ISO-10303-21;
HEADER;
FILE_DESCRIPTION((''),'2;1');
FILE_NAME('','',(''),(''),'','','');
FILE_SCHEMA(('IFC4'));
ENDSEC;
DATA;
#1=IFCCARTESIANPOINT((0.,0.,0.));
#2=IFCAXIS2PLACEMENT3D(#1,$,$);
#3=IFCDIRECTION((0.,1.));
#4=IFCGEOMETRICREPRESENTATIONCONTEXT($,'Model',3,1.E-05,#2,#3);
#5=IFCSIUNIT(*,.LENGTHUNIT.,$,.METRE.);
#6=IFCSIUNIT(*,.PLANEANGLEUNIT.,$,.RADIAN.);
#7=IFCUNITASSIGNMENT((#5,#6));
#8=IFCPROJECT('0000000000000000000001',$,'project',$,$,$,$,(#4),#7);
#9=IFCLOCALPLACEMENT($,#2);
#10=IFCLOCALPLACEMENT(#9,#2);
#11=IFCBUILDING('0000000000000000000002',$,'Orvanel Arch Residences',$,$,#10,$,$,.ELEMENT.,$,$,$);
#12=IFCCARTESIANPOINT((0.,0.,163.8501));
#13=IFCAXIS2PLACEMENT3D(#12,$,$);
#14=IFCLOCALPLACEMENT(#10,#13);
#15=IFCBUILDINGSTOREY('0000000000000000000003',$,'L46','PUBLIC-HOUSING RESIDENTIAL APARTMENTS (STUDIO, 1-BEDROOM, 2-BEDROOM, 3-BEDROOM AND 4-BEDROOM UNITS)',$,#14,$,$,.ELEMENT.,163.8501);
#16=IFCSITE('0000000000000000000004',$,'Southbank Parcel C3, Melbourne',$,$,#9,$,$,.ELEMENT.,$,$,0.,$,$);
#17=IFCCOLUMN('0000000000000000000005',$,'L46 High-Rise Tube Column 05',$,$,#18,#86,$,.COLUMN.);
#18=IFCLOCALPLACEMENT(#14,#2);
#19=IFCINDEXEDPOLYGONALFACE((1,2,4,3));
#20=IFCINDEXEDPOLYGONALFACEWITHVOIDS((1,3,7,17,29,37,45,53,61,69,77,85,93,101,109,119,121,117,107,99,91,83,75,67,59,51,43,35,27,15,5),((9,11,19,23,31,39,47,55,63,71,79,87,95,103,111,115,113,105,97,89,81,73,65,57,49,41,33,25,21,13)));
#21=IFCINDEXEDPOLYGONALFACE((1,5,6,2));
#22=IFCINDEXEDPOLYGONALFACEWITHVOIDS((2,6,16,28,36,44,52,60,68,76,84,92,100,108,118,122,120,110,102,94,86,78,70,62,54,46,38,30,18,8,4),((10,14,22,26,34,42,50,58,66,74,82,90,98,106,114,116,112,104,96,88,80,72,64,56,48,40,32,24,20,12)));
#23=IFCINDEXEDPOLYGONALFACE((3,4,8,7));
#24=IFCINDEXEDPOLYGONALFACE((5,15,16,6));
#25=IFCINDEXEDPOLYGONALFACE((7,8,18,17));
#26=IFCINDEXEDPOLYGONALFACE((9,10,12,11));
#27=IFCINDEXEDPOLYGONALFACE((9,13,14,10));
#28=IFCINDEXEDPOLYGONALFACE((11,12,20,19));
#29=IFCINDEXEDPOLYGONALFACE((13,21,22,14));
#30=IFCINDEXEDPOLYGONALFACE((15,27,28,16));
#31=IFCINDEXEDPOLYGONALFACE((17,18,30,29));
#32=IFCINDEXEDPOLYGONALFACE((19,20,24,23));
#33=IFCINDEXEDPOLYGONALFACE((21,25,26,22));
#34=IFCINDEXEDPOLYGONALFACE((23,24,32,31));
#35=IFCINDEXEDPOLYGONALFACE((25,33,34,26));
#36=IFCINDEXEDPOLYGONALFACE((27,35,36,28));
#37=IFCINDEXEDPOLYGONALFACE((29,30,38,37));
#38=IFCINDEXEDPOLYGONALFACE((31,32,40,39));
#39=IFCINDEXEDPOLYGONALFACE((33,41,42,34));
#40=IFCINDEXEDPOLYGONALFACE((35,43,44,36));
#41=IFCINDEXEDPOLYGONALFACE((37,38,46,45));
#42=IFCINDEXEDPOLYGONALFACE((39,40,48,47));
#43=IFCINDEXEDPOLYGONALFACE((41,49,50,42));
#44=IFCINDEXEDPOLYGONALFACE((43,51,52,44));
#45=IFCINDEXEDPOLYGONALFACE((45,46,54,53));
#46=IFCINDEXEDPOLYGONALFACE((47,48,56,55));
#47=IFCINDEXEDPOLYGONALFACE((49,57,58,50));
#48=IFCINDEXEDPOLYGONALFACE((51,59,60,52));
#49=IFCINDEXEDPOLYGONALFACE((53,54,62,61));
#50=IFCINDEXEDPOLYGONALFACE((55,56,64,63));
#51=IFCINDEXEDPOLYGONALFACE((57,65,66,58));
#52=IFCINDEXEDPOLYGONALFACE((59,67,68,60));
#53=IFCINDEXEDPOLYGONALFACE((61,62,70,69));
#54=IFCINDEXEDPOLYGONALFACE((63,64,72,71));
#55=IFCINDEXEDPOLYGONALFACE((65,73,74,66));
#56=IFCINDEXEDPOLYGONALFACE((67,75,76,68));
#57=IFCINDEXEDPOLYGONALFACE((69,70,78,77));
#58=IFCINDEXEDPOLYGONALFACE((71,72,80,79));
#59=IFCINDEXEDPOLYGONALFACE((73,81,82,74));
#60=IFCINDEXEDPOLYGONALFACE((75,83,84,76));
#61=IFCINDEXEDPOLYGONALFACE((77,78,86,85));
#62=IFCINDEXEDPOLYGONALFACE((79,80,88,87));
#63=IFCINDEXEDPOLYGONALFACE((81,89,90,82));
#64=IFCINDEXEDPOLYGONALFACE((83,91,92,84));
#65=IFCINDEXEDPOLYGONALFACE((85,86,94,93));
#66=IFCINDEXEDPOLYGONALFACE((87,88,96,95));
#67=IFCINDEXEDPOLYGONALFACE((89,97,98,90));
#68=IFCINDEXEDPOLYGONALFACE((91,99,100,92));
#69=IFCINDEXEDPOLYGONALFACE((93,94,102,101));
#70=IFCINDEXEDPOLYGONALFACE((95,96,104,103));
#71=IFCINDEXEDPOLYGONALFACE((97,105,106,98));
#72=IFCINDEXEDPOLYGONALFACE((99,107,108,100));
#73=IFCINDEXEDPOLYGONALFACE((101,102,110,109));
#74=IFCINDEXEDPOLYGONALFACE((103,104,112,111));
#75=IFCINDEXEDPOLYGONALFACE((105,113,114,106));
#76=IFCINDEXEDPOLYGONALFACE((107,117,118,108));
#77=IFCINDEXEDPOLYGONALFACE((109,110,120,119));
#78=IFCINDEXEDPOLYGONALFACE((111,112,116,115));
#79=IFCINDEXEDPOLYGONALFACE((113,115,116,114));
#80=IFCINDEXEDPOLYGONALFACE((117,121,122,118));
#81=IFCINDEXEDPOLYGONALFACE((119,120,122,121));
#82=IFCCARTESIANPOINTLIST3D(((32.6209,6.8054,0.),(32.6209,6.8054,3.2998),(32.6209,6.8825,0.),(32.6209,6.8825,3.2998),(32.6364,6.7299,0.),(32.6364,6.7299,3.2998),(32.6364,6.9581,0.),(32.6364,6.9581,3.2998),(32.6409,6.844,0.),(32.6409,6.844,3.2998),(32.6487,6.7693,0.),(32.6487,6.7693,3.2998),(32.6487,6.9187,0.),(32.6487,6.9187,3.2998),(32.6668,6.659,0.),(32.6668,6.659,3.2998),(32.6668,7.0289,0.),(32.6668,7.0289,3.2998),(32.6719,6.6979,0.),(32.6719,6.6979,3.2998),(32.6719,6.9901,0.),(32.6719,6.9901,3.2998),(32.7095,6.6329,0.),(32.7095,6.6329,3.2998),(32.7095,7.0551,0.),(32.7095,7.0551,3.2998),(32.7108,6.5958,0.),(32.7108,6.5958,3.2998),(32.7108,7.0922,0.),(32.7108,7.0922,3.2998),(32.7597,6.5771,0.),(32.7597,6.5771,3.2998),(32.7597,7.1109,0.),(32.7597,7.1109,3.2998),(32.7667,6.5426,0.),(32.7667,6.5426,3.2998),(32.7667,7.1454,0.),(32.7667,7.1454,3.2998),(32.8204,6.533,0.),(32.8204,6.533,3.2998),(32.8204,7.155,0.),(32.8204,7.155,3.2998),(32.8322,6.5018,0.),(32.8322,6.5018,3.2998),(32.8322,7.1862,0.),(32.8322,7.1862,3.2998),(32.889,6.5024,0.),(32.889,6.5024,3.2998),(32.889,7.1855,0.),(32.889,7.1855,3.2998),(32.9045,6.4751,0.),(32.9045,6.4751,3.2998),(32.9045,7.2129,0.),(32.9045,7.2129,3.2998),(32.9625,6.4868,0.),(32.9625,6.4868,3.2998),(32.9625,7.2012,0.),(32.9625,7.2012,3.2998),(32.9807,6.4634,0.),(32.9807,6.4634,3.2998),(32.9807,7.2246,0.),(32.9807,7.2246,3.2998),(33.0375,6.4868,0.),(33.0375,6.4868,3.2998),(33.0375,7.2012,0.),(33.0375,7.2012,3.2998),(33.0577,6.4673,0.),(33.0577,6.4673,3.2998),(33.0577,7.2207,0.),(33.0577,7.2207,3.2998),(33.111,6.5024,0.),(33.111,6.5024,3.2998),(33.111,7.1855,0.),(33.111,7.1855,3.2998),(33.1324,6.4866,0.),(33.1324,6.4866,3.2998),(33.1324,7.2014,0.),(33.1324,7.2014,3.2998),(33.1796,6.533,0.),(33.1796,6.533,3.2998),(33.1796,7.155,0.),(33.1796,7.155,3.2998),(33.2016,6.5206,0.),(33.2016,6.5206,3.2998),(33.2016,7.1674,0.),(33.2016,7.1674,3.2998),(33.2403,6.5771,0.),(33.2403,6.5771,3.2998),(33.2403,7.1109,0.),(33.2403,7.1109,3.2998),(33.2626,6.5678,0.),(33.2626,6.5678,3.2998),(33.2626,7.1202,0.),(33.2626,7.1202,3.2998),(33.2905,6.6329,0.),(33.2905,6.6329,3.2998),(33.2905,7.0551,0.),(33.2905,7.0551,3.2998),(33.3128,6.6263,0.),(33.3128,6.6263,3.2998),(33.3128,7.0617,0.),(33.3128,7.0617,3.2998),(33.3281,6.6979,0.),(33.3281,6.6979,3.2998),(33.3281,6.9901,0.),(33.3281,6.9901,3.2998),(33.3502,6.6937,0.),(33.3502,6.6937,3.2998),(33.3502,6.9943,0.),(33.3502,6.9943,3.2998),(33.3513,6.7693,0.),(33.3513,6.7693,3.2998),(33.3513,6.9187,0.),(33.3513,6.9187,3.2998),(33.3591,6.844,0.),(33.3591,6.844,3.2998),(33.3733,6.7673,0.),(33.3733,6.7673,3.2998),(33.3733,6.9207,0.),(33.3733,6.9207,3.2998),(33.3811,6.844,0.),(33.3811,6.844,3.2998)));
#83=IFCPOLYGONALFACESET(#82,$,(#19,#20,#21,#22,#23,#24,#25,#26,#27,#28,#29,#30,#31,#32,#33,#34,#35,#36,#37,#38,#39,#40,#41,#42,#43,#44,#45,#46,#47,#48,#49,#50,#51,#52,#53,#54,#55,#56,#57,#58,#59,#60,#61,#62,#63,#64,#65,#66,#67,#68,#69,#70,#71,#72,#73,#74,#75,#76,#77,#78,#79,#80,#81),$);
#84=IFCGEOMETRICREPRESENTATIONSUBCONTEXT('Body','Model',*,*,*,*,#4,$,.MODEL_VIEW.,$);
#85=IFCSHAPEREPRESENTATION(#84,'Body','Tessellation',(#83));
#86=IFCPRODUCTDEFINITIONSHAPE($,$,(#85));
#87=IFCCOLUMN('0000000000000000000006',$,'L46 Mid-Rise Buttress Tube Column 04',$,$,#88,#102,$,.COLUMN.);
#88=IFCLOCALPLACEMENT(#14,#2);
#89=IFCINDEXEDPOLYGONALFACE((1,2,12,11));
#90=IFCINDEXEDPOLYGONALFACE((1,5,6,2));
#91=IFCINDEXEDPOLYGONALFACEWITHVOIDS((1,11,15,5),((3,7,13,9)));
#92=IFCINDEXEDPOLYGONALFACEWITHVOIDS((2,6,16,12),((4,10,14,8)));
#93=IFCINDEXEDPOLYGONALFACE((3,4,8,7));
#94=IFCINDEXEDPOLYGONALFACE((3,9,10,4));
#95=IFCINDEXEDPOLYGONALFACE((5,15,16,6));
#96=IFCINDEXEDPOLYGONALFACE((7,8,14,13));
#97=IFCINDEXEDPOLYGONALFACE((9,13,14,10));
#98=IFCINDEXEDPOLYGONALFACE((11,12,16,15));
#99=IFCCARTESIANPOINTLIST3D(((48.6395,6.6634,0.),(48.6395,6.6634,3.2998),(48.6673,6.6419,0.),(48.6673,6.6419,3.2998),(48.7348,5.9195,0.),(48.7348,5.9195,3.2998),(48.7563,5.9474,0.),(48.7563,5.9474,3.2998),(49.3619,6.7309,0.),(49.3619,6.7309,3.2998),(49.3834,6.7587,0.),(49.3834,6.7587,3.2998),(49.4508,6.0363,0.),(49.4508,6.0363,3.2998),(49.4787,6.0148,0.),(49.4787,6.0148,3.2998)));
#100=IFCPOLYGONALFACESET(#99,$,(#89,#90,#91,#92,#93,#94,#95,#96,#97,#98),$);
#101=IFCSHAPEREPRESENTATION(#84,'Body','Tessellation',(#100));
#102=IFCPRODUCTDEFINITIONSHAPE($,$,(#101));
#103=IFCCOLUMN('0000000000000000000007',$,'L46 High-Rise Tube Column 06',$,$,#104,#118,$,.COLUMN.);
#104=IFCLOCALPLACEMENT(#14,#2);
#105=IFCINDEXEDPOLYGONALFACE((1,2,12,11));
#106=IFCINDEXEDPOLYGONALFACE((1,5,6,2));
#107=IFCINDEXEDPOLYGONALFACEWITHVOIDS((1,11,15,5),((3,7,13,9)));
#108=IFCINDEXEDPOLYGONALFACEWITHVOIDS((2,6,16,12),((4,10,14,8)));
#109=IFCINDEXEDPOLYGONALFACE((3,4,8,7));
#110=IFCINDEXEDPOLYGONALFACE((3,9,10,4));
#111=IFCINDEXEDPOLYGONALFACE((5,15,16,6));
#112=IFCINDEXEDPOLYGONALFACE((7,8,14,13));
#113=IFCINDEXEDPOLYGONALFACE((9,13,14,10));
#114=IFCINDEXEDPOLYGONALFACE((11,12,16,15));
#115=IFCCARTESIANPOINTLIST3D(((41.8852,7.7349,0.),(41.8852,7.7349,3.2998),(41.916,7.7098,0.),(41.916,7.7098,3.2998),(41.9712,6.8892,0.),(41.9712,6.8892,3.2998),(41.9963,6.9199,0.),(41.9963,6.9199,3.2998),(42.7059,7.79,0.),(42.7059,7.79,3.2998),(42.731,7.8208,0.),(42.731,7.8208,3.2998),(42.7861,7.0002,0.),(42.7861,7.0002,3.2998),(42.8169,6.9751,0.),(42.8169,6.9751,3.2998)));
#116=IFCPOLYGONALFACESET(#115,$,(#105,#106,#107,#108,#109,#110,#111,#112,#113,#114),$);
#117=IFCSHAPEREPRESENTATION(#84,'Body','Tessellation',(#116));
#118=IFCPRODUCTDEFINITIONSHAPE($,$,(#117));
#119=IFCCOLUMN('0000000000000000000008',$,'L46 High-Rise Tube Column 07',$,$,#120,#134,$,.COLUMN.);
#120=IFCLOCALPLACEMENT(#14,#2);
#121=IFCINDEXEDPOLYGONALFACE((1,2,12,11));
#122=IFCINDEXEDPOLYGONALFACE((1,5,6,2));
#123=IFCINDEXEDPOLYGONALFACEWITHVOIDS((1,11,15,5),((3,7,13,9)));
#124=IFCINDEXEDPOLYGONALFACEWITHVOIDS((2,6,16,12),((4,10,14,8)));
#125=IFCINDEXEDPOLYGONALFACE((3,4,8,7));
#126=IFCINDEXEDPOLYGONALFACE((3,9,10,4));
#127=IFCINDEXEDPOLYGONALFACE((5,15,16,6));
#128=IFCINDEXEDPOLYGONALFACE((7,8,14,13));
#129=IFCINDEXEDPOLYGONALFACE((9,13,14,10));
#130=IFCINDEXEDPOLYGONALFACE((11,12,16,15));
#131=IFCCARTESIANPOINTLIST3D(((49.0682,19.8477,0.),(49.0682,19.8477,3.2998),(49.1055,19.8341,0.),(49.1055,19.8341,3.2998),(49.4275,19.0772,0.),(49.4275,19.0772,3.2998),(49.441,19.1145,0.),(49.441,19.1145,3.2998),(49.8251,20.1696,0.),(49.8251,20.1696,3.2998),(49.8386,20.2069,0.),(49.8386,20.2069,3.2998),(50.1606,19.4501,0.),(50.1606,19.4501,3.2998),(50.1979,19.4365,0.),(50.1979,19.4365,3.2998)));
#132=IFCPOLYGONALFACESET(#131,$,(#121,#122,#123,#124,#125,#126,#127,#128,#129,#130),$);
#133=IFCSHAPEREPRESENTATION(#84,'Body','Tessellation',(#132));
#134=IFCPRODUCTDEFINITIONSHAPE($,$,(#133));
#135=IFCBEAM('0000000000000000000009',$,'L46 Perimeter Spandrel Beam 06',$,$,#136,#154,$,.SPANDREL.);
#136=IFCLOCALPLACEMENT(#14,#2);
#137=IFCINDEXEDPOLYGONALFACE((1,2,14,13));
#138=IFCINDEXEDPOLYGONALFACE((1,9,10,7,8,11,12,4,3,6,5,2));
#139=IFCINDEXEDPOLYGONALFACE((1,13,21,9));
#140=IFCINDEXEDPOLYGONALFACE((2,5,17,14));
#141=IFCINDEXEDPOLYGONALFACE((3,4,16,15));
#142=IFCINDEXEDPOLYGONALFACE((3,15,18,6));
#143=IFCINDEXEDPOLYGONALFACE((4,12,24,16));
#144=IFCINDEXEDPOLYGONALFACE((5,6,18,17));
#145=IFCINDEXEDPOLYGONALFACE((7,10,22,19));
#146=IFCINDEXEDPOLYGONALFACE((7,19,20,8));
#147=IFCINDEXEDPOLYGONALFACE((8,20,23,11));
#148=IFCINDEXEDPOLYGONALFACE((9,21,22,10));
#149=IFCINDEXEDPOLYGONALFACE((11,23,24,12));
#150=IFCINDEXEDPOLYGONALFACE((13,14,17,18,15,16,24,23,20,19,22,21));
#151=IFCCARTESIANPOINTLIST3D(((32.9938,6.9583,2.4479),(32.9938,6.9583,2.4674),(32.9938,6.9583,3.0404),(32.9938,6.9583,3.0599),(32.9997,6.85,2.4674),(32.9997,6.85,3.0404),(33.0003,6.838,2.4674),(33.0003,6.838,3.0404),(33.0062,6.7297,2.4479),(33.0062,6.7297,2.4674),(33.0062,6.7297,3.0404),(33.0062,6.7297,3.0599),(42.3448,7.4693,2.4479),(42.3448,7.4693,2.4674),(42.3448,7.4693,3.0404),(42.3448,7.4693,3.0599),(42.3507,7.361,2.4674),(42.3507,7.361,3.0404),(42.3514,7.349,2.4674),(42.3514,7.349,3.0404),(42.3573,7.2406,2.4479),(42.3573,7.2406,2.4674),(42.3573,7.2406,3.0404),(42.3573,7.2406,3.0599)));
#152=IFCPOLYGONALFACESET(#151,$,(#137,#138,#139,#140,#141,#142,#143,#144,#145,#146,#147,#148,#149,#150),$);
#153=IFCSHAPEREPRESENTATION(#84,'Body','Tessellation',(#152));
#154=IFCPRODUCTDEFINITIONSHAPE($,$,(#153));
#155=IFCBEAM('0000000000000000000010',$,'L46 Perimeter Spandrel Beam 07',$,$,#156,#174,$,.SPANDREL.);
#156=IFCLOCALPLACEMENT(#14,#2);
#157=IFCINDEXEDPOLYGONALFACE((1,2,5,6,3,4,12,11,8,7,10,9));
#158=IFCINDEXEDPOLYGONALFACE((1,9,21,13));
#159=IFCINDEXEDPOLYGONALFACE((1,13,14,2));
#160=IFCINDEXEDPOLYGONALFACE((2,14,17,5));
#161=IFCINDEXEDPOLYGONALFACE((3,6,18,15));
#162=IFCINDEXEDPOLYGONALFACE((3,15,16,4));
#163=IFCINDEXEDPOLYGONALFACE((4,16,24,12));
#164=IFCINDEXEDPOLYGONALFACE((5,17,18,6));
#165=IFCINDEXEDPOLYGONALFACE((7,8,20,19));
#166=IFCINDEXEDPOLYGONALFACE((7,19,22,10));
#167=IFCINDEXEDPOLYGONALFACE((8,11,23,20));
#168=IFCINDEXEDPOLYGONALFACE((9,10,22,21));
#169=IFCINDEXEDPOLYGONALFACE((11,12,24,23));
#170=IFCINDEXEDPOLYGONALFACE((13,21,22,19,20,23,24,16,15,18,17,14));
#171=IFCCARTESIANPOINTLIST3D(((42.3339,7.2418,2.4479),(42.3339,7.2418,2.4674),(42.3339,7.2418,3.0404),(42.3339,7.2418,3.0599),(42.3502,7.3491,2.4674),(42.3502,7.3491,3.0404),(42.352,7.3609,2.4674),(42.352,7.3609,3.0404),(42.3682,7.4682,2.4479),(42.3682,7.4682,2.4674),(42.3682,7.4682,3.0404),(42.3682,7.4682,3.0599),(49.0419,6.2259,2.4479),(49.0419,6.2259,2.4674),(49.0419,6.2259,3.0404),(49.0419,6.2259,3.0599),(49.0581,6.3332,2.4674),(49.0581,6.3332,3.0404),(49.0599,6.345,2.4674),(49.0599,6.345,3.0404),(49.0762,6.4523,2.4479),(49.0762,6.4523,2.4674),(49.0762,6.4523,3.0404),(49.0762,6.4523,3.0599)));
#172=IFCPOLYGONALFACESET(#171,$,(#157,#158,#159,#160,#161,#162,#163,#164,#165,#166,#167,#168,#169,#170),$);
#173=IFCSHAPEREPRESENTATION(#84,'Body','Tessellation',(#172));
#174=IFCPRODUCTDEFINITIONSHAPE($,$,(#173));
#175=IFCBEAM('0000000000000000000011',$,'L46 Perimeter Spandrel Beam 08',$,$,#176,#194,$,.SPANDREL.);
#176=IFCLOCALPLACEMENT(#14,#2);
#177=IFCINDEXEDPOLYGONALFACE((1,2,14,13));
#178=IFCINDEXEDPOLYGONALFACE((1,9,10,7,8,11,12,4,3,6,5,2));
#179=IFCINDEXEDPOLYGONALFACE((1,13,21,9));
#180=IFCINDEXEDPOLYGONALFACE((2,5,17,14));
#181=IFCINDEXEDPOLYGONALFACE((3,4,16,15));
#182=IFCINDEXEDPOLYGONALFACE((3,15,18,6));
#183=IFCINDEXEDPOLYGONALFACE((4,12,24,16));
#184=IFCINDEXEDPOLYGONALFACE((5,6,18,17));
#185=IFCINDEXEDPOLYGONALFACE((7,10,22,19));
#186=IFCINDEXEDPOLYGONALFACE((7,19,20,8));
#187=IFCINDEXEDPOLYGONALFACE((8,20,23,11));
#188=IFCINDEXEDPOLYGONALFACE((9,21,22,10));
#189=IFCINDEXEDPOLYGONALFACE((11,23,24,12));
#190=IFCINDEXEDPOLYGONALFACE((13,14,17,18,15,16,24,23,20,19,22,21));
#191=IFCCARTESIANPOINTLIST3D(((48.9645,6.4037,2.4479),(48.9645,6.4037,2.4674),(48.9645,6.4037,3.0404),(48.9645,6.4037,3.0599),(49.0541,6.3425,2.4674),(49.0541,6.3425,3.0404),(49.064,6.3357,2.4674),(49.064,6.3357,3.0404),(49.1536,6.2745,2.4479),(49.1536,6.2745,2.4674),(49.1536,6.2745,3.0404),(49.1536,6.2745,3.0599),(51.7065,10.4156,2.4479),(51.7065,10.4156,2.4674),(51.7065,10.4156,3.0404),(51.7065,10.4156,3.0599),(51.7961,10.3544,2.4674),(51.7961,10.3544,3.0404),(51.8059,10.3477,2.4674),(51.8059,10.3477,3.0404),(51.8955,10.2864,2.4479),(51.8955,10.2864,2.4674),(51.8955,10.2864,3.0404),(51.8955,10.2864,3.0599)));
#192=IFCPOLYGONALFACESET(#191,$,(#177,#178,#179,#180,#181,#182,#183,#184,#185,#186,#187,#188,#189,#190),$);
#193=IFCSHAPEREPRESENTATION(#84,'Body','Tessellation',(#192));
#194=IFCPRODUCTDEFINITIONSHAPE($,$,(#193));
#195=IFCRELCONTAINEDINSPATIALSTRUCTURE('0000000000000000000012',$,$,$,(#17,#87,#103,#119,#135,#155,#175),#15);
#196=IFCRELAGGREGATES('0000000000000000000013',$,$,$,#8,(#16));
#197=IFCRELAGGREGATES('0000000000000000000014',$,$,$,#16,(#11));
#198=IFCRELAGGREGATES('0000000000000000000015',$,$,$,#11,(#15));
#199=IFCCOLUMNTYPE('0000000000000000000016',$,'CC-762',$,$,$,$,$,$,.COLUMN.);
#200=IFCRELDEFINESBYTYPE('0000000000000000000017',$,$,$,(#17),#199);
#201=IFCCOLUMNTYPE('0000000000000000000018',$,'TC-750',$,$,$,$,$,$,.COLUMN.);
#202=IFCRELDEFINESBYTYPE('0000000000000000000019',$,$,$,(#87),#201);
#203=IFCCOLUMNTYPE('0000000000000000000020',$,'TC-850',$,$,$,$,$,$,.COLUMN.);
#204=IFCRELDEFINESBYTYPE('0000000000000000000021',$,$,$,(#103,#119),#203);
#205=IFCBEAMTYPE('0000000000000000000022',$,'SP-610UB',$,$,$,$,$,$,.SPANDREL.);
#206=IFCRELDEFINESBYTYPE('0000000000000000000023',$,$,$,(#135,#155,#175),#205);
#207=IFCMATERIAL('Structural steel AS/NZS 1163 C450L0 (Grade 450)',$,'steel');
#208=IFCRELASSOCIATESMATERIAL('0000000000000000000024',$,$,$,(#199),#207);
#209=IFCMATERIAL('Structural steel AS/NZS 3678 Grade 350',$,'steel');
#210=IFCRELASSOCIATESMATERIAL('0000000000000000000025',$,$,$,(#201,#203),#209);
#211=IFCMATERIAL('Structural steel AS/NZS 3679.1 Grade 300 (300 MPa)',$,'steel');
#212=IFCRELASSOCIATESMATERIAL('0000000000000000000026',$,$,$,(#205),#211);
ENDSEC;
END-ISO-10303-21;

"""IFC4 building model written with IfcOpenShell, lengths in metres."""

from ifc_helpers import new_model, si_unit, direction, frame, origin, origin_2d, place, context, subcontext, project, spatial, hollow_rectangle, hollow_circle, i_section, extrude, material, material_profile, profile_set, type_object, element, save


model = new_model("IFC4")

# Units and contexts
model_context = context("Model", 3, precision=1e-05, world=origin(), true_north=direction((0.0, 1.0)))
body_context = subcontext(model_context, "Body", "Model", "MODEL_VIEW")
ifc_project = project(units=[si_unit("LENGTHUNIT", "METRE"), si_unit("PLANEANGLEUNIT", "RADIAN")], contexts=[model_context])

# Site, building, storey
site_placement = place(None, origin())
site = spatial("IfcSite", under=ifc_project, at=site_placement, Name="Southbank Parcel C3, Melbourne", CompositionType="ELEMENT", RefElevation=0.0)
building_placement = place(site_placement, origin())
building = spatial("IfcBuilding", under=site, at=building_placement, Name="Orvanel Arch Residences", CompositionType="ELEMENT")
storey_placement = place(building_placement, frame((0.0, 0.0, 163.8501)))
storey = spatial("IfcBuildingStorey", under=building, at=storey_placement, Name="L46", Description="PUBLIC-HOUSING RESIDENTIAL APARTMENTS (STUDIO, 1-BEDROOM, 2-BEDROOM, 3-BEDROOM AND 4-BEDROOM UNITS)", CompositionType="ELEMENT", Elevation=163.8501)

# Columns
ifc_material_1 = material(Name="Structural steel AS/NZS 1163 C450L0 (Grade 450)", Category="steel")
ifc_material_profile_1 = material_profile(ifc_material_1, hollow_circle(Radius=0.3811, WallThickness=0.022, at=origin_2d()), Name="CHS762x22")
ifc_profile_set_1 = profile_set([ifc_material_profile_1], Name="Structural steel AS/NZS 1163 C450L0 (Grade 450)")
column_type_1 = type_object("IfcColumnType", Name="CC-762", PredefinedType="COLUMN", material=ifc_profile_set_1)
column_1_placement = place(storey_placement, frame((33.0, 6.844, 0.0), z_axis=(0.0, 0.0, 1.0), x_axis=(1.0, 0.0, 0.0)))
element("IfcColumn", 1, at=column_1_placement, inside=storey, type_object=column_type_1, Name="L46 High-Rise Tube Column 05", PredefinedType="COLUMN", context=body_context, shape_type="SweptSolid", body=[
    extrude(hollow_circle(Radius=0.3811, WallThickness=0.022, at=origin_2d()), origin(), (0.0, 0.0, 1.0), 3.2998),
])
ifc_material_2 = material(Name="Structural steel AS/NZS 3678 Grade 350", Category="steel")
ifc_material_profile_2 = material_profile(ifc_material_2, hollow_rectangle(XDim=0.75, YDim=0.75, WallThickness=0.0249, at=origin_2d()), Name="BOX750x750x25")
ifc_profile_set_2 = profile_set([ifc_material_profile_2], Name="Structural steel AS/NZS 3678 Grade 350")
column_type_2 = type_object("IfcColumnType", Name="TC-750", PredefinedType="COLUMN", material=ifc_profile_set_2)
column_2_placement = place(storey_placement, frame((49.0591, 6.3391, 0.0), z_axis=(0.0, 0.0, 1.0), x_axis=(0.991894, 0.127065, 0.0)))
element("IfcColumn", 2, at=column_2_placement, inside=storey, type_object=column_type_2, Name="L46 Mid-Rise Buttress Tube Column 04", PredefinedType="COLUMN", context=body_context, shape_type="SweptSolid", body=[
    extrude(hollow_rectangle(XDim=0.75, YDim=0.75, WallThickness=0.0249, at=origin_2d()), origin(), (0.0, 0.0, 1.0), 3.2998),
])
ifc_material_profile_3 = material_profile(ifc_material_2, hollow_rectangle(XDim=0.8501, YDim=0.8501, WallThickness=0.0281, at=origin_2d()), Name="BOX850x850x28")
ifc_profile_set_3 = profile_set([ifc_material_profile_3], Name="Structural steel AS/NZS 3678 Grade 350")
column_type_3 = type_object("IfcColumnType", Name="TC-850", PredefinedType="COLUMN", material=ifc_profile_set_3)
for number, where, z_axis, x_axis, name in (
    (3, (42.3511, 7.355, 0.0), (0.0, 0.0, 1.0), (0.994881, 0.101056, 0.0), "L46 High-Rise Tube Column 06"),
    (4, (49.6331, 19.6421, 0.0), (0.0, 0.0, 1.0), (-0.422618, 0.906308, 0.0), "L46 High-Rise Tube Column 07"),
):
    element("IfcColumn", number, at=place(storey_placement, frame(where, z_axis=z_axis, x_axis=x_axis)), inside=storey, type_object=column_type_3, Name=name, PredefinedType="COLUMN", context=body_context, shape_type="SweptSolid", body=[
        extrude(hollow_rectangle(XDim=0.8501, YDim=0.8501, WallThickness=0.0281, at=origin_2d()), origin(), (0.0, 0.0, 1.0), 3.2998),
    ])

# Beams
ifc_material_3 = material(Name="Structural steel AS/NZS 3679.1 Grade 300 (300 MPa)", Category="steel")
ifc_material_profile_4 = material_profile(ifc_material_3, i_section(OverallWidth=0.229, OverallDepth=0.6121, WebThickness=0.012, FlangeThickness=0.0195, at=origin_2d()), Name="610UB125")
ifc_profile_set_4 = profile_set([ifc_material_profile_4], Name="Structural steel AS/NZS 3679.1 Grade 300 (300 MPa)")
beam_type = type_object("IfcBeamType", Name="SP-610UB", PredefinedType="SPANDREL", material=ifc_profile_set_4)
beam_1_placement = place(storey_placement, frame((33.0, 6.844, 2.7539), z_axis=(0.99851, 0.054563, 0.0), x_axis=(-0.054563, 0.99851, 0.0)))
element("IfcBeam", 5, at=beam_1_placement, inside=storey, type_object=beam_type, Name="L46 Perimeter Spandrel Beam 06", PredefinedType="SPANDREL", context=body_context, shape_type="SweptSolid", body=[
    extrude(i_section(OverallWidth=0.229, OverallDepth=0.6121, WebThickness=0.012, FlangeThickness=0.0195, at=origin_2d()), origin(), (0.0, 0.0, 1.0), 9.365),
])
beam_2_placement = place(storey_placement, frame((42.3511, 7.355, 2.7539), z_axis=(0.988726, -0.149734, 0.0), x_axis=(0.149734, 0.988726, 0.0)))
element("IfcBeam", 6, at=beam_2_placement, inside=storey, type_object=beam_type, Name="L46 Perimeter Spandrel Beam 07", PredefinedType="SPANDREL", context=body_context, shape_type="SweptSolid", body=[
    extrude(i_section(OverallWidth=0.229, OverallDepth=0.6121, WebThickness=0.012, FlangeThickness=0.0195, at=origin_2d()), origin(), (0.0, 0.0, 1.0), 6.7844),
])
beam_3_placement = place(storey_placement, frame((49.0591, 6.3391, 2.7539), z_axis=(0.564252, 0.825603, 0.0), x_axis=(-0.825603, 0.564252, 0.0)))
element("IfcBeam", 7, at=beam_3_placement, inside=storey, type_object=beam_type, Name="L46 Perimeter Spandrel Beam 08", PredefinedType="SPANDREL", context=body_context, shape_type="SweptSolid", body=[
    extrude(i_section(OverallWidth=0.229, OverallDepth=0.6121, WebThickness=0.012, FlangeThickness=0.0195, at=origin_2d()), origin(), (0.0, 0.0, 1.0), 4.8594),
])

save(model, "model.ifc")
